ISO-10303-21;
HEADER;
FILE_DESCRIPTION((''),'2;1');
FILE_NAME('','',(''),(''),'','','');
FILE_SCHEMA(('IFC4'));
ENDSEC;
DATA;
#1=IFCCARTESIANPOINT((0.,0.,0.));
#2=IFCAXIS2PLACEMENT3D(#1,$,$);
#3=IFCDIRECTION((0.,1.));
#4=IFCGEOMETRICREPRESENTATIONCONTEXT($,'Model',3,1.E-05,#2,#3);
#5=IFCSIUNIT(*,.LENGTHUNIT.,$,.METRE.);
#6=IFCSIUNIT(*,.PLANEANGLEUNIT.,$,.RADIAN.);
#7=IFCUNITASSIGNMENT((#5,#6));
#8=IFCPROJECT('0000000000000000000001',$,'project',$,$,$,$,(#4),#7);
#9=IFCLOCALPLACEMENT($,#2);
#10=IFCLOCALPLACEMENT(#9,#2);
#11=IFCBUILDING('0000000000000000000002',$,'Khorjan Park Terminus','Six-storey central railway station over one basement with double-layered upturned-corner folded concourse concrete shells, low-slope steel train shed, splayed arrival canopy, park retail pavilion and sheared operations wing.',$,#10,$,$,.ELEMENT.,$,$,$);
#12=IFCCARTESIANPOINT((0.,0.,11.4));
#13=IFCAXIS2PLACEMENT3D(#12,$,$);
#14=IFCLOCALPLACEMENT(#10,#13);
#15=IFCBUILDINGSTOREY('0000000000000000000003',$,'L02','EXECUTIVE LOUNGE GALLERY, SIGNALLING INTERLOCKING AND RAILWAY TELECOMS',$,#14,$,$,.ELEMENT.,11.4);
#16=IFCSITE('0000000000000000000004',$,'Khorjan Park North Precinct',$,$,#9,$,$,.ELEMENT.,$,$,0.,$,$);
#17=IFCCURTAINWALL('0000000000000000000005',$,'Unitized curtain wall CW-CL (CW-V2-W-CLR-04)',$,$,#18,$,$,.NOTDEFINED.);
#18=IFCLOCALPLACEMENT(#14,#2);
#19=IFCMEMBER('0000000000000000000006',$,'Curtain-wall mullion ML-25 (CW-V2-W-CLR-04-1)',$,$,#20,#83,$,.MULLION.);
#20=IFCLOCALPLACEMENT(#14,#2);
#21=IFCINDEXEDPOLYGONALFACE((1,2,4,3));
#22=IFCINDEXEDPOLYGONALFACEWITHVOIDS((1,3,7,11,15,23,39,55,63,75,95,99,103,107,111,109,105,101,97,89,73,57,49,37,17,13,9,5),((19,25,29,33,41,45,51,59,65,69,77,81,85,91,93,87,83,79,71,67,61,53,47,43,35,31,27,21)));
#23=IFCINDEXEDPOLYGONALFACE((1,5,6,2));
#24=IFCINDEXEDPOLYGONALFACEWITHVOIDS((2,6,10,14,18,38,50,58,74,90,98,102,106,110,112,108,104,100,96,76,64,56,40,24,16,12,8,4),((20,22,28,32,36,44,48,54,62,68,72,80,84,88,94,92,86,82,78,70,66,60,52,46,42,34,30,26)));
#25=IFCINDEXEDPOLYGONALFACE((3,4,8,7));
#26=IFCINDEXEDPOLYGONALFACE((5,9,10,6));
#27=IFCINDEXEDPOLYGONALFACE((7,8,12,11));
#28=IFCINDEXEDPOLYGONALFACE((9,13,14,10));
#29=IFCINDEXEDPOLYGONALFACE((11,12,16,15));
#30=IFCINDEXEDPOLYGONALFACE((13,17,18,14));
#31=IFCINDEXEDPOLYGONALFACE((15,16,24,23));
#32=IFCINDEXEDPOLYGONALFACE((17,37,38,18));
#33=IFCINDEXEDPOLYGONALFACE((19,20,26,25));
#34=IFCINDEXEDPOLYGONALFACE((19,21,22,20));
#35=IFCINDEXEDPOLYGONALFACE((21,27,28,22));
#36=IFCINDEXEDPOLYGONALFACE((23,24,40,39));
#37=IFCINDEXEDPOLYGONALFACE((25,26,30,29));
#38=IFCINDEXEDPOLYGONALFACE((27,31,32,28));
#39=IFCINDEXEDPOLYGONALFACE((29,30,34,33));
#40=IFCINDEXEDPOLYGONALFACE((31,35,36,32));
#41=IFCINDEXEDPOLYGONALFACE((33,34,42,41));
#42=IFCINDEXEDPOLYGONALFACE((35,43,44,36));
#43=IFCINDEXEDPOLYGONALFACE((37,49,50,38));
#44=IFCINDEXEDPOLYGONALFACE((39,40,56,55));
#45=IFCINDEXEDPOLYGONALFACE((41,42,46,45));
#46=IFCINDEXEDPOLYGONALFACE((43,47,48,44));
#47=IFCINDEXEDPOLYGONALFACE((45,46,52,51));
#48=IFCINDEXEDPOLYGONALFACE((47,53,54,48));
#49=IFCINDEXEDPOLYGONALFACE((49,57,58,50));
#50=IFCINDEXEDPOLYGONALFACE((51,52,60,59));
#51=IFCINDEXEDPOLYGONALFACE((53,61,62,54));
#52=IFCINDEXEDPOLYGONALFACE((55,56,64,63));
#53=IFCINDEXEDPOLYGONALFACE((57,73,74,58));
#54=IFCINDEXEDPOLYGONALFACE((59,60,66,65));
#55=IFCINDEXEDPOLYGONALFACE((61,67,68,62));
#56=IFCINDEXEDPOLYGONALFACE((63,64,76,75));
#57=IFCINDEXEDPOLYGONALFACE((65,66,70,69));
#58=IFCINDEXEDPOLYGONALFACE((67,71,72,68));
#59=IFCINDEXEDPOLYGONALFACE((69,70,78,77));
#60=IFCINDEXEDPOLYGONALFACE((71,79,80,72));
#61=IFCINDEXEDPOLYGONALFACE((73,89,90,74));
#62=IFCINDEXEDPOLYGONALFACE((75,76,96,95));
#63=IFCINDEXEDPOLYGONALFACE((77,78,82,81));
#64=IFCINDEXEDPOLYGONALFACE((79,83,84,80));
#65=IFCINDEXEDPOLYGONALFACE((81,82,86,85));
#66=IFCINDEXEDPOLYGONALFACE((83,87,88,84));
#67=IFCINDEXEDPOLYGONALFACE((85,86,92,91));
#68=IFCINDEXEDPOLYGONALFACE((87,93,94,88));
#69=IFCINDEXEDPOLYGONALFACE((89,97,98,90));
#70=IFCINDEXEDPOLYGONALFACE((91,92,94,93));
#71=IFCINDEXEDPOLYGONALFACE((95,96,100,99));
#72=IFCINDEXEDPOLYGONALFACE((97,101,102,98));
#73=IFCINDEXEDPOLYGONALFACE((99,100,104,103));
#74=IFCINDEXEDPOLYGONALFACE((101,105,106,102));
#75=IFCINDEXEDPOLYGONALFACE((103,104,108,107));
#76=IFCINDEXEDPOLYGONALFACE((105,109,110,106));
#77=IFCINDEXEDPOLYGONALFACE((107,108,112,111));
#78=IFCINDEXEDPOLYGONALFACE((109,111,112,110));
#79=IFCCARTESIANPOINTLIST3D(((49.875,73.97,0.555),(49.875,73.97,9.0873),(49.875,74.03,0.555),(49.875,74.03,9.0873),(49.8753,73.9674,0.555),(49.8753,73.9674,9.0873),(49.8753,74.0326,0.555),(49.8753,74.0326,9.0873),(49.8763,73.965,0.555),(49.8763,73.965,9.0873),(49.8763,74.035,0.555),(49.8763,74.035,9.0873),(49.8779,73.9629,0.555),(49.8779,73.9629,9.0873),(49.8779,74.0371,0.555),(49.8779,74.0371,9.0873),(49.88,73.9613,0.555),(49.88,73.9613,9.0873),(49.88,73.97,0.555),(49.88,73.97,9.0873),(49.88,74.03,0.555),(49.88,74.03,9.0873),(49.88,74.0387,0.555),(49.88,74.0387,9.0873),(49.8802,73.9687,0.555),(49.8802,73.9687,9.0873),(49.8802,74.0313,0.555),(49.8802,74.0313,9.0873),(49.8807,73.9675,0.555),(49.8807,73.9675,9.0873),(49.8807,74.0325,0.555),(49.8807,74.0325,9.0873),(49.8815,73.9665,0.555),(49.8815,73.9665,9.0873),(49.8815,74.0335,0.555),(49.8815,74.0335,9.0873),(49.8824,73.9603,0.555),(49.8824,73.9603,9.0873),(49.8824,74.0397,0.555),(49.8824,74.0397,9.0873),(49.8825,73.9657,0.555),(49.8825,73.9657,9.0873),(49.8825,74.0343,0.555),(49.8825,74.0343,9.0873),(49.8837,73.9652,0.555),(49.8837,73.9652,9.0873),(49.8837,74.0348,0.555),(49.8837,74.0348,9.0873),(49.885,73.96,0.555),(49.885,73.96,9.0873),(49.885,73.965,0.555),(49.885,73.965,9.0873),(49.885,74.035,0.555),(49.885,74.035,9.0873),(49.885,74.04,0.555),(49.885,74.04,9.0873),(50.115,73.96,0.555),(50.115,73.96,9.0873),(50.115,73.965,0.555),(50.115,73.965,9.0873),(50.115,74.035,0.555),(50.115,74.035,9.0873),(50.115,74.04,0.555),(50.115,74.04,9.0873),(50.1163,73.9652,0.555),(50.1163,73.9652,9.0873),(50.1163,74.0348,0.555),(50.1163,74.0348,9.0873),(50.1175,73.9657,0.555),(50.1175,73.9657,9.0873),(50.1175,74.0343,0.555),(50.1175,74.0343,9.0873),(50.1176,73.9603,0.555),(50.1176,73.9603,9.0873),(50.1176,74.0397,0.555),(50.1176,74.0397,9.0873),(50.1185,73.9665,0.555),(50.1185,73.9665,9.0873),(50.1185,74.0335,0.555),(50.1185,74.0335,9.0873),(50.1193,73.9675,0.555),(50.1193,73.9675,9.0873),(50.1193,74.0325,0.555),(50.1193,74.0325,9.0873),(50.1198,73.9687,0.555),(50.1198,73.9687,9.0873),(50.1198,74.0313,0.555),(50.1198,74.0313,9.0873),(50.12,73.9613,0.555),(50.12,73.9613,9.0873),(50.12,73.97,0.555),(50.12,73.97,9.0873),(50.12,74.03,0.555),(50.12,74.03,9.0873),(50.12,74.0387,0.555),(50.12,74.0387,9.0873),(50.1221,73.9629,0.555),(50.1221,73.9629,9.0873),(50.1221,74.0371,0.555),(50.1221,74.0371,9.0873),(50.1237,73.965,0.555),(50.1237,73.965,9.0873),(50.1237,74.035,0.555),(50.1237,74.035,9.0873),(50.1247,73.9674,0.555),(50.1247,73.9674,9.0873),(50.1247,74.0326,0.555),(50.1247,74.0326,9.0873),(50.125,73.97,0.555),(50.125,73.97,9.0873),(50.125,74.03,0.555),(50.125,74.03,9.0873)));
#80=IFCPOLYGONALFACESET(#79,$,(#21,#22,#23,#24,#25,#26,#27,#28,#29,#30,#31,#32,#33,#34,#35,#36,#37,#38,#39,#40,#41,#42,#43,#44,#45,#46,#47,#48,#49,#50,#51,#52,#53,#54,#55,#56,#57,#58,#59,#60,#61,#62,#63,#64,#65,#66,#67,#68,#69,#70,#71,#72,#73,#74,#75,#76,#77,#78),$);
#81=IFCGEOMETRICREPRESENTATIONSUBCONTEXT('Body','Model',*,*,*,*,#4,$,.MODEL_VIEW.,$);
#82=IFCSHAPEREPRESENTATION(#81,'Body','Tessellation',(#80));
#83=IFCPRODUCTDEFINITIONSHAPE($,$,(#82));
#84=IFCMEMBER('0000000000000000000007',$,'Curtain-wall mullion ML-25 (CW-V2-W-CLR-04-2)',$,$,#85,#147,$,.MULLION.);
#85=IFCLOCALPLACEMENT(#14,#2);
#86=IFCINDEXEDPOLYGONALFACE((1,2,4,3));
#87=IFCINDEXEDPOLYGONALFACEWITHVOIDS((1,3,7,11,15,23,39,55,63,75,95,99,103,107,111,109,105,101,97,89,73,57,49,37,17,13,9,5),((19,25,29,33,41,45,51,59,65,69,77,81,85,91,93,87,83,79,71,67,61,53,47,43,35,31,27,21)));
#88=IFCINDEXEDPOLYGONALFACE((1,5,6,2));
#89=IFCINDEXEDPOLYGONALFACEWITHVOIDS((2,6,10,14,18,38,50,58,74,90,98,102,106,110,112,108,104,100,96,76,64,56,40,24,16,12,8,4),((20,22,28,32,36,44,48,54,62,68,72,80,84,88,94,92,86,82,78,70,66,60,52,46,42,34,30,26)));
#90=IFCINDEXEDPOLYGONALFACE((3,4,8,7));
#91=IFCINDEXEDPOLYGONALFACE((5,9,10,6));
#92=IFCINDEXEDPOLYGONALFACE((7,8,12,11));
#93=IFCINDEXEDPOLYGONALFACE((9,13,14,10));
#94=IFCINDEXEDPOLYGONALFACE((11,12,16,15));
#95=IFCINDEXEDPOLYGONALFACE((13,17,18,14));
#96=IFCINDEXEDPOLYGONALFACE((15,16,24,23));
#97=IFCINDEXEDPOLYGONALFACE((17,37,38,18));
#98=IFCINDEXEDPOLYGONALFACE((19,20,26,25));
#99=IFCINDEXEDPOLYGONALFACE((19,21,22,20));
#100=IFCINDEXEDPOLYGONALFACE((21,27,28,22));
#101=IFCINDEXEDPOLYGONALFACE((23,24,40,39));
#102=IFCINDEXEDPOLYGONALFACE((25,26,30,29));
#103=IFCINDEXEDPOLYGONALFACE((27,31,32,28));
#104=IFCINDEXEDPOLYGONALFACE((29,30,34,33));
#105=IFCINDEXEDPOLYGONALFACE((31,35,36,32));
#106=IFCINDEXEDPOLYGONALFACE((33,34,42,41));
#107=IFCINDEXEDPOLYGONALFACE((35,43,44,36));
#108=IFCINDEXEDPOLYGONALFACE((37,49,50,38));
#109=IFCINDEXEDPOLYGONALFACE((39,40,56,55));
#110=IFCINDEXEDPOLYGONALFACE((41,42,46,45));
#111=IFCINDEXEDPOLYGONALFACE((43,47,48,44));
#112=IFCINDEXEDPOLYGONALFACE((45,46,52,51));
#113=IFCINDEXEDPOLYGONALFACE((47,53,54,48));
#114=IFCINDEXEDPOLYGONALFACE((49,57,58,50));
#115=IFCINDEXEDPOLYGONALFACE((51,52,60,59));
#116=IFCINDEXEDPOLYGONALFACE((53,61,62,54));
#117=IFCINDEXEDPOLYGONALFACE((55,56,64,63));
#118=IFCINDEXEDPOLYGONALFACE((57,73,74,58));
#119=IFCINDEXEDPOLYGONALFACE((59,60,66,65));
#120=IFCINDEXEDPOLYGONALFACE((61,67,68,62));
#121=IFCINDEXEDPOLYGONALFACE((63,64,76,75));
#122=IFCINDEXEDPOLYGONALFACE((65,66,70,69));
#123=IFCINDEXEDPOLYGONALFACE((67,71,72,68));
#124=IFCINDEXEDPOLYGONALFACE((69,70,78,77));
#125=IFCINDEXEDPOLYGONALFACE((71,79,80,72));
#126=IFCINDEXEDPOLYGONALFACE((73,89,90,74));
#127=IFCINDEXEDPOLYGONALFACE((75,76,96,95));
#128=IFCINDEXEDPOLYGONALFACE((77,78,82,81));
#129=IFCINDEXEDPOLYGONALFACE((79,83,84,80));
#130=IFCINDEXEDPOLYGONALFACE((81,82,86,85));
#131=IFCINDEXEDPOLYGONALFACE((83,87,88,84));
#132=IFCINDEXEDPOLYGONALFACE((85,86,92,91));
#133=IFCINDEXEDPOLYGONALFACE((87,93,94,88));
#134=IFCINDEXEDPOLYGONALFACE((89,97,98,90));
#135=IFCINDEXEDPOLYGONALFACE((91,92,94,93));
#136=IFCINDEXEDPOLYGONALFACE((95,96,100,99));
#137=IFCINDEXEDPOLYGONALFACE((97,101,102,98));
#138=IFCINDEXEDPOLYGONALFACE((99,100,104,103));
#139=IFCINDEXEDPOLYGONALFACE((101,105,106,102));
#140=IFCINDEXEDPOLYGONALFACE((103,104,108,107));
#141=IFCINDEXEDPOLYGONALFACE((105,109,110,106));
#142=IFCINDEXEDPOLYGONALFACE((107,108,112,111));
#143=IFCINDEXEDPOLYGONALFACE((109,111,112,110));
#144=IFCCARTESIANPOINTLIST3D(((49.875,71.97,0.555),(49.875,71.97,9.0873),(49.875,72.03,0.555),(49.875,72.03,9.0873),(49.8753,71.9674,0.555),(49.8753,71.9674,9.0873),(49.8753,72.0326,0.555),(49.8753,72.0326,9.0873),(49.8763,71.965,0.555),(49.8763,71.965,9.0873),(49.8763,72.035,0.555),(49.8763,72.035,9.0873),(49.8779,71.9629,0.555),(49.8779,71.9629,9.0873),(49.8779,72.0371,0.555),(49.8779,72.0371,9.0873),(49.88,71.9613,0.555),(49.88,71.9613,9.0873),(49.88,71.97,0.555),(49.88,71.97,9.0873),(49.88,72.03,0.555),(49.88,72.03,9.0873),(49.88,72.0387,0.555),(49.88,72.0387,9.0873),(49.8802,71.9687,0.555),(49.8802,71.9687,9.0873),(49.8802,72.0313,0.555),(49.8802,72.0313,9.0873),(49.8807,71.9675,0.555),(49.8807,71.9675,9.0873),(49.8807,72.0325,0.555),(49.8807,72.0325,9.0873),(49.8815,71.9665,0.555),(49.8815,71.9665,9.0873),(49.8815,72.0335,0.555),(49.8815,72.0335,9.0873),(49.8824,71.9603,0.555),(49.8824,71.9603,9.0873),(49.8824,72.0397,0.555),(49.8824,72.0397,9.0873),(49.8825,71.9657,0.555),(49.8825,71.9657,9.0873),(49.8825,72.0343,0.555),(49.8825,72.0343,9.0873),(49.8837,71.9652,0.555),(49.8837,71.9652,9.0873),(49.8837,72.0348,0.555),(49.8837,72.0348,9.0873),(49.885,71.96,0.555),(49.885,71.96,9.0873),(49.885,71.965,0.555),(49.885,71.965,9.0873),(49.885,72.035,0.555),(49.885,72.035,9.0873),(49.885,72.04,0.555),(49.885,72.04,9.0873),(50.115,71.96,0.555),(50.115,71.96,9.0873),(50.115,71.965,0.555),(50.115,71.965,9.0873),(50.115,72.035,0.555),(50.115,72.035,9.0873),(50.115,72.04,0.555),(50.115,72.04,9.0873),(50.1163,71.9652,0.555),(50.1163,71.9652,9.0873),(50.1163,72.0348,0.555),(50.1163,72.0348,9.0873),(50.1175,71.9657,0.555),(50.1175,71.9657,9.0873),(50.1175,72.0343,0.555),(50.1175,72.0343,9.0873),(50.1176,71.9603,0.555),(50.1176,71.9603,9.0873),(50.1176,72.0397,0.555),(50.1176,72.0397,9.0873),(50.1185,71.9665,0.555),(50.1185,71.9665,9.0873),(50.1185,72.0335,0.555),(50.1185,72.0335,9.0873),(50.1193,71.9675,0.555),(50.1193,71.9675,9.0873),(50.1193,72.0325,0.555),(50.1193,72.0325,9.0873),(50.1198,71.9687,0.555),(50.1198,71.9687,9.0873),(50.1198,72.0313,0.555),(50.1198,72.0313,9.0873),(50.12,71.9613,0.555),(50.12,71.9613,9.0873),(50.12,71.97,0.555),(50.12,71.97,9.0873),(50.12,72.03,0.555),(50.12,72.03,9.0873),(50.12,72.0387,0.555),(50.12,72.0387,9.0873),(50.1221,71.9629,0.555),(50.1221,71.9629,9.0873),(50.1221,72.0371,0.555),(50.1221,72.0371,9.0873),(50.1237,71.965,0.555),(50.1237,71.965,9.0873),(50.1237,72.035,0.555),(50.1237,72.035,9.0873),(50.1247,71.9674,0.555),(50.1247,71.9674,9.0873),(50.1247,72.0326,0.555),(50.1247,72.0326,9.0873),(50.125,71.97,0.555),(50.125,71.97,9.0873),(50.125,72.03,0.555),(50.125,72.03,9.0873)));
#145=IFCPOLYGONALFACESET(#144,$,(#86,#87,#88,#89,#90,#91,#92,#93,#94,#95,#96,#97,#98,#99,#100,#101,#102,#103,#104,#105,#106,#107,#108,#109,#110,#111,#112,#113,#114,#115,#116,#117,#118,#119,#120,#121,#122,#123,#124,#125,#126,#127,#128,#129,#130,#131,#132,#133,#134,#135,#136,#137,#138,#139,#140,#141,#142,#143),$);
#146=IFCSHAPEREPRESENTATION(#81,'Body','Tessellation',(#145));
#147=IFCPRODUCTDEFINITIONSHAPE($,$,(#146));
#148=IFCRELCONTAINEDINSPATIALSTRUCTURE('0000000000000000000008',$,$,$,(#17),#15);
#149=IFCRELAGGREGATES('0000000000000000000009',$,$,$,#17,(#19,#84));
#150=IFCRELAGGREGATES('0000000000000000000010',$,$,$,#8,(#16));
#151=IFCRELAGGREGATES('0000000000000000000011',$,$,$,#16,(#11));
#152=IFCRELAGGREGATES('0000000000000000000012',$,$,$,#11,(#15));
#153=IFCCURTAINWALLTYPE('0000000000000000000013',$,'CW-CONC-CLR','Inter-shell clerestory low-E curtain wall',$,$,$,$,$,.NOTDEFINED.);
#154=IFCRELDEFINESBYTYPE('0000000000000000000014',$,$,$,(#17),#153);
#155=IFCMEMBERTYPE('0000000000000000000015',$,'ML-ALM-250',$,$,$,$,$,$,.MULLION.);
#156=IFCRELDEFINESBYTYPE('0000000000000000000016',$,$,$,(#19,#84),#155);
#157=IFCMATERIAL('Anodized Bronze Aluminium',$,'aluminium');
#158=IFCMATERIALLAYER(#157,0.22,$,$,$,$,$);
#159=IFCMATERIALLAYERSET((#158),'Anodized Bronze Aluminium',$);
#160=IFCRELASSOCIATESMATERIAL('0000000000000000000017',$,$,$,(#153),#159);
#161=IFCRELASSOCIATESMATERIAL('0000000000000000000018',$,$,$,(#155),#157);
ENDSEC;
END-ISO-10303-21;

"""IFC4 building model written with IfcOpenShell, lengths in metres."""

from ifc_helpers import new_model, si_unit, direction, frame, origin, origin_2d, place, context, subcontext, project, spatial, hollow_rectangle, extrude, material, layer, layer_set, material_profile, profile_set, type_object, element, aggregate, save


model = new_model("IFC4")

# Units and contexts
model_context = context("Model", 3, precision=1e-05, world=origin(), true_north=direction((0.0, 1.0)))
body_context = subcontext(model_context, "Body", "Model", "MODEL_VIEW")
ifc_project = project(units=[si_unit("LENGTHUNIT", "METRE"), si_unit("PLANEANGLEUNIT", "RADIAN")], contexts=[model_context])

# Site, building, storey
site_placement = place(None, origin())
site = spatial("IfcSite", under=ifc_project, at=site_placement, Name="Khorjan Park North Precinct", CompositionType="ELEMENT", RefElevation=0.0)
building_placement = place(site_placement, origin())
building = spatial("IfcBuilding", under=site, at=building_placement, Name="Khorjan Park Terminus", Description="Six-storey central railway station over one basement with double-layered upturned-corner folded concourse concrete shells, low-slope steel train shed, splayed arrival canopy, park retail pavilion and sheared operations wing.", CompositionType="ELEMENT")
storey_placement = place(building_placement, frame((0.0, 0.0, 11.4)))
storey = spatial("IfcBuildingStorey", under=building, at=storey_placement, Name="L02", Description="EXECUTIVE LOUNGE GALLERY, SIGNALLING INTERLOCKING AND RAILWAY TELECOMS", CompositionType="ELEMENT", Elevation=11.4)

# Curtain wall, members
ifc_material_1 = material(Name="Anodized Bronze Aluminium", Category="aluminium")
ifc_layer_1 = layer(ifc_material_1, 0.22)
ifc_layer_set_1 = layer_set([ifc_layer_1], Name="Anodized Bronze Aluminium")
curtain_wall_type = type_object("IfcCurtainWallType", Name="CW-CONC-CLR", Description="Inter-shell clerestory low-E curtain wall", PredefinedType="NOTDEFINED", material=ifc_layer_set_1)
curtain_wall_1_placement = place(storey_placement, origin())
curtain_wall_1 = element("IfcCurtainWall", 1, at=curtain_wall_1_placement, inside=storey, type_object=curtain_wall_type, Name="Unitized curtain wall CW-CL (CW-V2-W-CLR-04)", PredefinedType="NOTDEFINED")
ifc_material_profile_1 = material_profile(ifc_material_1, hollow_rectangle(XDim=0.08, YDim=0.25, WallThickness=0.005, InnerFilletRadius=0.005, OuterFilletRadius=0.01, at=origin_2d()), Name="ALM 80x250x5")
ifc_profile_set_1 = profile_set([ifc_material_profile_1], Name="Anodized Bronze Aluminium")
member_type_1 = type_object("IfcMemberType", Name="ML-ALM-250", PredefinedType="MULLION", material=ifc_profile_set_1)
member_1_placement = place(storey_placement, frame((50.0, 74.0, 0.555), z_axis=(0.0, 0.0, 1.0), x_axis=(0.0, -1.0, 0.0)))
member_1 = element("IfcMember", 2, at=member_1_placement, type_object=member_type_1, Name="Curtain-wall mullion ML-25 (CW-V2-W-CLR-04-1)", PredefinedType="MULLION", context=body_context, shape_type="SweptSolid", body=[
    extrude(hollow_rectangle(XDim=0.08, YDim=0.25, WallThickness=0.005, InnerFilletRadius=0.005, OuterFilletRadius=0.01, at=origin_2d()), origin(), (0.0, 0.0, 1.0), 8.5323),
])
member_2_placement = place(storey_placement, frame((50.0, 72.0, 0.555), z_axis=(0.0, 0.0, 1.0), x_axis=(0.0, -1.0, 0.0)))
member_2 = element("IfcMember", 3, at=member_2_placement, type_object=member_type_1, Name="Curtain-wall mullion ML-25 (CW-V2-W-CLR-04-2)", PredefinedType="MULLION", context=body_context, shape_type="SweptSolid", body=[
    extrude(hollow_rectangle(XDim=0.08, YDim=0.25, WallThickness=0.005, InnerFilletRadius=0.005, OuterFilletRadius=0.01, at=origin_2d()), origin(), (0.0, 0.0, 1.0), 8.5323),
])

aggregate(curtain_wall_1, [member_1, member_2])

save(model, "model.ifc")
